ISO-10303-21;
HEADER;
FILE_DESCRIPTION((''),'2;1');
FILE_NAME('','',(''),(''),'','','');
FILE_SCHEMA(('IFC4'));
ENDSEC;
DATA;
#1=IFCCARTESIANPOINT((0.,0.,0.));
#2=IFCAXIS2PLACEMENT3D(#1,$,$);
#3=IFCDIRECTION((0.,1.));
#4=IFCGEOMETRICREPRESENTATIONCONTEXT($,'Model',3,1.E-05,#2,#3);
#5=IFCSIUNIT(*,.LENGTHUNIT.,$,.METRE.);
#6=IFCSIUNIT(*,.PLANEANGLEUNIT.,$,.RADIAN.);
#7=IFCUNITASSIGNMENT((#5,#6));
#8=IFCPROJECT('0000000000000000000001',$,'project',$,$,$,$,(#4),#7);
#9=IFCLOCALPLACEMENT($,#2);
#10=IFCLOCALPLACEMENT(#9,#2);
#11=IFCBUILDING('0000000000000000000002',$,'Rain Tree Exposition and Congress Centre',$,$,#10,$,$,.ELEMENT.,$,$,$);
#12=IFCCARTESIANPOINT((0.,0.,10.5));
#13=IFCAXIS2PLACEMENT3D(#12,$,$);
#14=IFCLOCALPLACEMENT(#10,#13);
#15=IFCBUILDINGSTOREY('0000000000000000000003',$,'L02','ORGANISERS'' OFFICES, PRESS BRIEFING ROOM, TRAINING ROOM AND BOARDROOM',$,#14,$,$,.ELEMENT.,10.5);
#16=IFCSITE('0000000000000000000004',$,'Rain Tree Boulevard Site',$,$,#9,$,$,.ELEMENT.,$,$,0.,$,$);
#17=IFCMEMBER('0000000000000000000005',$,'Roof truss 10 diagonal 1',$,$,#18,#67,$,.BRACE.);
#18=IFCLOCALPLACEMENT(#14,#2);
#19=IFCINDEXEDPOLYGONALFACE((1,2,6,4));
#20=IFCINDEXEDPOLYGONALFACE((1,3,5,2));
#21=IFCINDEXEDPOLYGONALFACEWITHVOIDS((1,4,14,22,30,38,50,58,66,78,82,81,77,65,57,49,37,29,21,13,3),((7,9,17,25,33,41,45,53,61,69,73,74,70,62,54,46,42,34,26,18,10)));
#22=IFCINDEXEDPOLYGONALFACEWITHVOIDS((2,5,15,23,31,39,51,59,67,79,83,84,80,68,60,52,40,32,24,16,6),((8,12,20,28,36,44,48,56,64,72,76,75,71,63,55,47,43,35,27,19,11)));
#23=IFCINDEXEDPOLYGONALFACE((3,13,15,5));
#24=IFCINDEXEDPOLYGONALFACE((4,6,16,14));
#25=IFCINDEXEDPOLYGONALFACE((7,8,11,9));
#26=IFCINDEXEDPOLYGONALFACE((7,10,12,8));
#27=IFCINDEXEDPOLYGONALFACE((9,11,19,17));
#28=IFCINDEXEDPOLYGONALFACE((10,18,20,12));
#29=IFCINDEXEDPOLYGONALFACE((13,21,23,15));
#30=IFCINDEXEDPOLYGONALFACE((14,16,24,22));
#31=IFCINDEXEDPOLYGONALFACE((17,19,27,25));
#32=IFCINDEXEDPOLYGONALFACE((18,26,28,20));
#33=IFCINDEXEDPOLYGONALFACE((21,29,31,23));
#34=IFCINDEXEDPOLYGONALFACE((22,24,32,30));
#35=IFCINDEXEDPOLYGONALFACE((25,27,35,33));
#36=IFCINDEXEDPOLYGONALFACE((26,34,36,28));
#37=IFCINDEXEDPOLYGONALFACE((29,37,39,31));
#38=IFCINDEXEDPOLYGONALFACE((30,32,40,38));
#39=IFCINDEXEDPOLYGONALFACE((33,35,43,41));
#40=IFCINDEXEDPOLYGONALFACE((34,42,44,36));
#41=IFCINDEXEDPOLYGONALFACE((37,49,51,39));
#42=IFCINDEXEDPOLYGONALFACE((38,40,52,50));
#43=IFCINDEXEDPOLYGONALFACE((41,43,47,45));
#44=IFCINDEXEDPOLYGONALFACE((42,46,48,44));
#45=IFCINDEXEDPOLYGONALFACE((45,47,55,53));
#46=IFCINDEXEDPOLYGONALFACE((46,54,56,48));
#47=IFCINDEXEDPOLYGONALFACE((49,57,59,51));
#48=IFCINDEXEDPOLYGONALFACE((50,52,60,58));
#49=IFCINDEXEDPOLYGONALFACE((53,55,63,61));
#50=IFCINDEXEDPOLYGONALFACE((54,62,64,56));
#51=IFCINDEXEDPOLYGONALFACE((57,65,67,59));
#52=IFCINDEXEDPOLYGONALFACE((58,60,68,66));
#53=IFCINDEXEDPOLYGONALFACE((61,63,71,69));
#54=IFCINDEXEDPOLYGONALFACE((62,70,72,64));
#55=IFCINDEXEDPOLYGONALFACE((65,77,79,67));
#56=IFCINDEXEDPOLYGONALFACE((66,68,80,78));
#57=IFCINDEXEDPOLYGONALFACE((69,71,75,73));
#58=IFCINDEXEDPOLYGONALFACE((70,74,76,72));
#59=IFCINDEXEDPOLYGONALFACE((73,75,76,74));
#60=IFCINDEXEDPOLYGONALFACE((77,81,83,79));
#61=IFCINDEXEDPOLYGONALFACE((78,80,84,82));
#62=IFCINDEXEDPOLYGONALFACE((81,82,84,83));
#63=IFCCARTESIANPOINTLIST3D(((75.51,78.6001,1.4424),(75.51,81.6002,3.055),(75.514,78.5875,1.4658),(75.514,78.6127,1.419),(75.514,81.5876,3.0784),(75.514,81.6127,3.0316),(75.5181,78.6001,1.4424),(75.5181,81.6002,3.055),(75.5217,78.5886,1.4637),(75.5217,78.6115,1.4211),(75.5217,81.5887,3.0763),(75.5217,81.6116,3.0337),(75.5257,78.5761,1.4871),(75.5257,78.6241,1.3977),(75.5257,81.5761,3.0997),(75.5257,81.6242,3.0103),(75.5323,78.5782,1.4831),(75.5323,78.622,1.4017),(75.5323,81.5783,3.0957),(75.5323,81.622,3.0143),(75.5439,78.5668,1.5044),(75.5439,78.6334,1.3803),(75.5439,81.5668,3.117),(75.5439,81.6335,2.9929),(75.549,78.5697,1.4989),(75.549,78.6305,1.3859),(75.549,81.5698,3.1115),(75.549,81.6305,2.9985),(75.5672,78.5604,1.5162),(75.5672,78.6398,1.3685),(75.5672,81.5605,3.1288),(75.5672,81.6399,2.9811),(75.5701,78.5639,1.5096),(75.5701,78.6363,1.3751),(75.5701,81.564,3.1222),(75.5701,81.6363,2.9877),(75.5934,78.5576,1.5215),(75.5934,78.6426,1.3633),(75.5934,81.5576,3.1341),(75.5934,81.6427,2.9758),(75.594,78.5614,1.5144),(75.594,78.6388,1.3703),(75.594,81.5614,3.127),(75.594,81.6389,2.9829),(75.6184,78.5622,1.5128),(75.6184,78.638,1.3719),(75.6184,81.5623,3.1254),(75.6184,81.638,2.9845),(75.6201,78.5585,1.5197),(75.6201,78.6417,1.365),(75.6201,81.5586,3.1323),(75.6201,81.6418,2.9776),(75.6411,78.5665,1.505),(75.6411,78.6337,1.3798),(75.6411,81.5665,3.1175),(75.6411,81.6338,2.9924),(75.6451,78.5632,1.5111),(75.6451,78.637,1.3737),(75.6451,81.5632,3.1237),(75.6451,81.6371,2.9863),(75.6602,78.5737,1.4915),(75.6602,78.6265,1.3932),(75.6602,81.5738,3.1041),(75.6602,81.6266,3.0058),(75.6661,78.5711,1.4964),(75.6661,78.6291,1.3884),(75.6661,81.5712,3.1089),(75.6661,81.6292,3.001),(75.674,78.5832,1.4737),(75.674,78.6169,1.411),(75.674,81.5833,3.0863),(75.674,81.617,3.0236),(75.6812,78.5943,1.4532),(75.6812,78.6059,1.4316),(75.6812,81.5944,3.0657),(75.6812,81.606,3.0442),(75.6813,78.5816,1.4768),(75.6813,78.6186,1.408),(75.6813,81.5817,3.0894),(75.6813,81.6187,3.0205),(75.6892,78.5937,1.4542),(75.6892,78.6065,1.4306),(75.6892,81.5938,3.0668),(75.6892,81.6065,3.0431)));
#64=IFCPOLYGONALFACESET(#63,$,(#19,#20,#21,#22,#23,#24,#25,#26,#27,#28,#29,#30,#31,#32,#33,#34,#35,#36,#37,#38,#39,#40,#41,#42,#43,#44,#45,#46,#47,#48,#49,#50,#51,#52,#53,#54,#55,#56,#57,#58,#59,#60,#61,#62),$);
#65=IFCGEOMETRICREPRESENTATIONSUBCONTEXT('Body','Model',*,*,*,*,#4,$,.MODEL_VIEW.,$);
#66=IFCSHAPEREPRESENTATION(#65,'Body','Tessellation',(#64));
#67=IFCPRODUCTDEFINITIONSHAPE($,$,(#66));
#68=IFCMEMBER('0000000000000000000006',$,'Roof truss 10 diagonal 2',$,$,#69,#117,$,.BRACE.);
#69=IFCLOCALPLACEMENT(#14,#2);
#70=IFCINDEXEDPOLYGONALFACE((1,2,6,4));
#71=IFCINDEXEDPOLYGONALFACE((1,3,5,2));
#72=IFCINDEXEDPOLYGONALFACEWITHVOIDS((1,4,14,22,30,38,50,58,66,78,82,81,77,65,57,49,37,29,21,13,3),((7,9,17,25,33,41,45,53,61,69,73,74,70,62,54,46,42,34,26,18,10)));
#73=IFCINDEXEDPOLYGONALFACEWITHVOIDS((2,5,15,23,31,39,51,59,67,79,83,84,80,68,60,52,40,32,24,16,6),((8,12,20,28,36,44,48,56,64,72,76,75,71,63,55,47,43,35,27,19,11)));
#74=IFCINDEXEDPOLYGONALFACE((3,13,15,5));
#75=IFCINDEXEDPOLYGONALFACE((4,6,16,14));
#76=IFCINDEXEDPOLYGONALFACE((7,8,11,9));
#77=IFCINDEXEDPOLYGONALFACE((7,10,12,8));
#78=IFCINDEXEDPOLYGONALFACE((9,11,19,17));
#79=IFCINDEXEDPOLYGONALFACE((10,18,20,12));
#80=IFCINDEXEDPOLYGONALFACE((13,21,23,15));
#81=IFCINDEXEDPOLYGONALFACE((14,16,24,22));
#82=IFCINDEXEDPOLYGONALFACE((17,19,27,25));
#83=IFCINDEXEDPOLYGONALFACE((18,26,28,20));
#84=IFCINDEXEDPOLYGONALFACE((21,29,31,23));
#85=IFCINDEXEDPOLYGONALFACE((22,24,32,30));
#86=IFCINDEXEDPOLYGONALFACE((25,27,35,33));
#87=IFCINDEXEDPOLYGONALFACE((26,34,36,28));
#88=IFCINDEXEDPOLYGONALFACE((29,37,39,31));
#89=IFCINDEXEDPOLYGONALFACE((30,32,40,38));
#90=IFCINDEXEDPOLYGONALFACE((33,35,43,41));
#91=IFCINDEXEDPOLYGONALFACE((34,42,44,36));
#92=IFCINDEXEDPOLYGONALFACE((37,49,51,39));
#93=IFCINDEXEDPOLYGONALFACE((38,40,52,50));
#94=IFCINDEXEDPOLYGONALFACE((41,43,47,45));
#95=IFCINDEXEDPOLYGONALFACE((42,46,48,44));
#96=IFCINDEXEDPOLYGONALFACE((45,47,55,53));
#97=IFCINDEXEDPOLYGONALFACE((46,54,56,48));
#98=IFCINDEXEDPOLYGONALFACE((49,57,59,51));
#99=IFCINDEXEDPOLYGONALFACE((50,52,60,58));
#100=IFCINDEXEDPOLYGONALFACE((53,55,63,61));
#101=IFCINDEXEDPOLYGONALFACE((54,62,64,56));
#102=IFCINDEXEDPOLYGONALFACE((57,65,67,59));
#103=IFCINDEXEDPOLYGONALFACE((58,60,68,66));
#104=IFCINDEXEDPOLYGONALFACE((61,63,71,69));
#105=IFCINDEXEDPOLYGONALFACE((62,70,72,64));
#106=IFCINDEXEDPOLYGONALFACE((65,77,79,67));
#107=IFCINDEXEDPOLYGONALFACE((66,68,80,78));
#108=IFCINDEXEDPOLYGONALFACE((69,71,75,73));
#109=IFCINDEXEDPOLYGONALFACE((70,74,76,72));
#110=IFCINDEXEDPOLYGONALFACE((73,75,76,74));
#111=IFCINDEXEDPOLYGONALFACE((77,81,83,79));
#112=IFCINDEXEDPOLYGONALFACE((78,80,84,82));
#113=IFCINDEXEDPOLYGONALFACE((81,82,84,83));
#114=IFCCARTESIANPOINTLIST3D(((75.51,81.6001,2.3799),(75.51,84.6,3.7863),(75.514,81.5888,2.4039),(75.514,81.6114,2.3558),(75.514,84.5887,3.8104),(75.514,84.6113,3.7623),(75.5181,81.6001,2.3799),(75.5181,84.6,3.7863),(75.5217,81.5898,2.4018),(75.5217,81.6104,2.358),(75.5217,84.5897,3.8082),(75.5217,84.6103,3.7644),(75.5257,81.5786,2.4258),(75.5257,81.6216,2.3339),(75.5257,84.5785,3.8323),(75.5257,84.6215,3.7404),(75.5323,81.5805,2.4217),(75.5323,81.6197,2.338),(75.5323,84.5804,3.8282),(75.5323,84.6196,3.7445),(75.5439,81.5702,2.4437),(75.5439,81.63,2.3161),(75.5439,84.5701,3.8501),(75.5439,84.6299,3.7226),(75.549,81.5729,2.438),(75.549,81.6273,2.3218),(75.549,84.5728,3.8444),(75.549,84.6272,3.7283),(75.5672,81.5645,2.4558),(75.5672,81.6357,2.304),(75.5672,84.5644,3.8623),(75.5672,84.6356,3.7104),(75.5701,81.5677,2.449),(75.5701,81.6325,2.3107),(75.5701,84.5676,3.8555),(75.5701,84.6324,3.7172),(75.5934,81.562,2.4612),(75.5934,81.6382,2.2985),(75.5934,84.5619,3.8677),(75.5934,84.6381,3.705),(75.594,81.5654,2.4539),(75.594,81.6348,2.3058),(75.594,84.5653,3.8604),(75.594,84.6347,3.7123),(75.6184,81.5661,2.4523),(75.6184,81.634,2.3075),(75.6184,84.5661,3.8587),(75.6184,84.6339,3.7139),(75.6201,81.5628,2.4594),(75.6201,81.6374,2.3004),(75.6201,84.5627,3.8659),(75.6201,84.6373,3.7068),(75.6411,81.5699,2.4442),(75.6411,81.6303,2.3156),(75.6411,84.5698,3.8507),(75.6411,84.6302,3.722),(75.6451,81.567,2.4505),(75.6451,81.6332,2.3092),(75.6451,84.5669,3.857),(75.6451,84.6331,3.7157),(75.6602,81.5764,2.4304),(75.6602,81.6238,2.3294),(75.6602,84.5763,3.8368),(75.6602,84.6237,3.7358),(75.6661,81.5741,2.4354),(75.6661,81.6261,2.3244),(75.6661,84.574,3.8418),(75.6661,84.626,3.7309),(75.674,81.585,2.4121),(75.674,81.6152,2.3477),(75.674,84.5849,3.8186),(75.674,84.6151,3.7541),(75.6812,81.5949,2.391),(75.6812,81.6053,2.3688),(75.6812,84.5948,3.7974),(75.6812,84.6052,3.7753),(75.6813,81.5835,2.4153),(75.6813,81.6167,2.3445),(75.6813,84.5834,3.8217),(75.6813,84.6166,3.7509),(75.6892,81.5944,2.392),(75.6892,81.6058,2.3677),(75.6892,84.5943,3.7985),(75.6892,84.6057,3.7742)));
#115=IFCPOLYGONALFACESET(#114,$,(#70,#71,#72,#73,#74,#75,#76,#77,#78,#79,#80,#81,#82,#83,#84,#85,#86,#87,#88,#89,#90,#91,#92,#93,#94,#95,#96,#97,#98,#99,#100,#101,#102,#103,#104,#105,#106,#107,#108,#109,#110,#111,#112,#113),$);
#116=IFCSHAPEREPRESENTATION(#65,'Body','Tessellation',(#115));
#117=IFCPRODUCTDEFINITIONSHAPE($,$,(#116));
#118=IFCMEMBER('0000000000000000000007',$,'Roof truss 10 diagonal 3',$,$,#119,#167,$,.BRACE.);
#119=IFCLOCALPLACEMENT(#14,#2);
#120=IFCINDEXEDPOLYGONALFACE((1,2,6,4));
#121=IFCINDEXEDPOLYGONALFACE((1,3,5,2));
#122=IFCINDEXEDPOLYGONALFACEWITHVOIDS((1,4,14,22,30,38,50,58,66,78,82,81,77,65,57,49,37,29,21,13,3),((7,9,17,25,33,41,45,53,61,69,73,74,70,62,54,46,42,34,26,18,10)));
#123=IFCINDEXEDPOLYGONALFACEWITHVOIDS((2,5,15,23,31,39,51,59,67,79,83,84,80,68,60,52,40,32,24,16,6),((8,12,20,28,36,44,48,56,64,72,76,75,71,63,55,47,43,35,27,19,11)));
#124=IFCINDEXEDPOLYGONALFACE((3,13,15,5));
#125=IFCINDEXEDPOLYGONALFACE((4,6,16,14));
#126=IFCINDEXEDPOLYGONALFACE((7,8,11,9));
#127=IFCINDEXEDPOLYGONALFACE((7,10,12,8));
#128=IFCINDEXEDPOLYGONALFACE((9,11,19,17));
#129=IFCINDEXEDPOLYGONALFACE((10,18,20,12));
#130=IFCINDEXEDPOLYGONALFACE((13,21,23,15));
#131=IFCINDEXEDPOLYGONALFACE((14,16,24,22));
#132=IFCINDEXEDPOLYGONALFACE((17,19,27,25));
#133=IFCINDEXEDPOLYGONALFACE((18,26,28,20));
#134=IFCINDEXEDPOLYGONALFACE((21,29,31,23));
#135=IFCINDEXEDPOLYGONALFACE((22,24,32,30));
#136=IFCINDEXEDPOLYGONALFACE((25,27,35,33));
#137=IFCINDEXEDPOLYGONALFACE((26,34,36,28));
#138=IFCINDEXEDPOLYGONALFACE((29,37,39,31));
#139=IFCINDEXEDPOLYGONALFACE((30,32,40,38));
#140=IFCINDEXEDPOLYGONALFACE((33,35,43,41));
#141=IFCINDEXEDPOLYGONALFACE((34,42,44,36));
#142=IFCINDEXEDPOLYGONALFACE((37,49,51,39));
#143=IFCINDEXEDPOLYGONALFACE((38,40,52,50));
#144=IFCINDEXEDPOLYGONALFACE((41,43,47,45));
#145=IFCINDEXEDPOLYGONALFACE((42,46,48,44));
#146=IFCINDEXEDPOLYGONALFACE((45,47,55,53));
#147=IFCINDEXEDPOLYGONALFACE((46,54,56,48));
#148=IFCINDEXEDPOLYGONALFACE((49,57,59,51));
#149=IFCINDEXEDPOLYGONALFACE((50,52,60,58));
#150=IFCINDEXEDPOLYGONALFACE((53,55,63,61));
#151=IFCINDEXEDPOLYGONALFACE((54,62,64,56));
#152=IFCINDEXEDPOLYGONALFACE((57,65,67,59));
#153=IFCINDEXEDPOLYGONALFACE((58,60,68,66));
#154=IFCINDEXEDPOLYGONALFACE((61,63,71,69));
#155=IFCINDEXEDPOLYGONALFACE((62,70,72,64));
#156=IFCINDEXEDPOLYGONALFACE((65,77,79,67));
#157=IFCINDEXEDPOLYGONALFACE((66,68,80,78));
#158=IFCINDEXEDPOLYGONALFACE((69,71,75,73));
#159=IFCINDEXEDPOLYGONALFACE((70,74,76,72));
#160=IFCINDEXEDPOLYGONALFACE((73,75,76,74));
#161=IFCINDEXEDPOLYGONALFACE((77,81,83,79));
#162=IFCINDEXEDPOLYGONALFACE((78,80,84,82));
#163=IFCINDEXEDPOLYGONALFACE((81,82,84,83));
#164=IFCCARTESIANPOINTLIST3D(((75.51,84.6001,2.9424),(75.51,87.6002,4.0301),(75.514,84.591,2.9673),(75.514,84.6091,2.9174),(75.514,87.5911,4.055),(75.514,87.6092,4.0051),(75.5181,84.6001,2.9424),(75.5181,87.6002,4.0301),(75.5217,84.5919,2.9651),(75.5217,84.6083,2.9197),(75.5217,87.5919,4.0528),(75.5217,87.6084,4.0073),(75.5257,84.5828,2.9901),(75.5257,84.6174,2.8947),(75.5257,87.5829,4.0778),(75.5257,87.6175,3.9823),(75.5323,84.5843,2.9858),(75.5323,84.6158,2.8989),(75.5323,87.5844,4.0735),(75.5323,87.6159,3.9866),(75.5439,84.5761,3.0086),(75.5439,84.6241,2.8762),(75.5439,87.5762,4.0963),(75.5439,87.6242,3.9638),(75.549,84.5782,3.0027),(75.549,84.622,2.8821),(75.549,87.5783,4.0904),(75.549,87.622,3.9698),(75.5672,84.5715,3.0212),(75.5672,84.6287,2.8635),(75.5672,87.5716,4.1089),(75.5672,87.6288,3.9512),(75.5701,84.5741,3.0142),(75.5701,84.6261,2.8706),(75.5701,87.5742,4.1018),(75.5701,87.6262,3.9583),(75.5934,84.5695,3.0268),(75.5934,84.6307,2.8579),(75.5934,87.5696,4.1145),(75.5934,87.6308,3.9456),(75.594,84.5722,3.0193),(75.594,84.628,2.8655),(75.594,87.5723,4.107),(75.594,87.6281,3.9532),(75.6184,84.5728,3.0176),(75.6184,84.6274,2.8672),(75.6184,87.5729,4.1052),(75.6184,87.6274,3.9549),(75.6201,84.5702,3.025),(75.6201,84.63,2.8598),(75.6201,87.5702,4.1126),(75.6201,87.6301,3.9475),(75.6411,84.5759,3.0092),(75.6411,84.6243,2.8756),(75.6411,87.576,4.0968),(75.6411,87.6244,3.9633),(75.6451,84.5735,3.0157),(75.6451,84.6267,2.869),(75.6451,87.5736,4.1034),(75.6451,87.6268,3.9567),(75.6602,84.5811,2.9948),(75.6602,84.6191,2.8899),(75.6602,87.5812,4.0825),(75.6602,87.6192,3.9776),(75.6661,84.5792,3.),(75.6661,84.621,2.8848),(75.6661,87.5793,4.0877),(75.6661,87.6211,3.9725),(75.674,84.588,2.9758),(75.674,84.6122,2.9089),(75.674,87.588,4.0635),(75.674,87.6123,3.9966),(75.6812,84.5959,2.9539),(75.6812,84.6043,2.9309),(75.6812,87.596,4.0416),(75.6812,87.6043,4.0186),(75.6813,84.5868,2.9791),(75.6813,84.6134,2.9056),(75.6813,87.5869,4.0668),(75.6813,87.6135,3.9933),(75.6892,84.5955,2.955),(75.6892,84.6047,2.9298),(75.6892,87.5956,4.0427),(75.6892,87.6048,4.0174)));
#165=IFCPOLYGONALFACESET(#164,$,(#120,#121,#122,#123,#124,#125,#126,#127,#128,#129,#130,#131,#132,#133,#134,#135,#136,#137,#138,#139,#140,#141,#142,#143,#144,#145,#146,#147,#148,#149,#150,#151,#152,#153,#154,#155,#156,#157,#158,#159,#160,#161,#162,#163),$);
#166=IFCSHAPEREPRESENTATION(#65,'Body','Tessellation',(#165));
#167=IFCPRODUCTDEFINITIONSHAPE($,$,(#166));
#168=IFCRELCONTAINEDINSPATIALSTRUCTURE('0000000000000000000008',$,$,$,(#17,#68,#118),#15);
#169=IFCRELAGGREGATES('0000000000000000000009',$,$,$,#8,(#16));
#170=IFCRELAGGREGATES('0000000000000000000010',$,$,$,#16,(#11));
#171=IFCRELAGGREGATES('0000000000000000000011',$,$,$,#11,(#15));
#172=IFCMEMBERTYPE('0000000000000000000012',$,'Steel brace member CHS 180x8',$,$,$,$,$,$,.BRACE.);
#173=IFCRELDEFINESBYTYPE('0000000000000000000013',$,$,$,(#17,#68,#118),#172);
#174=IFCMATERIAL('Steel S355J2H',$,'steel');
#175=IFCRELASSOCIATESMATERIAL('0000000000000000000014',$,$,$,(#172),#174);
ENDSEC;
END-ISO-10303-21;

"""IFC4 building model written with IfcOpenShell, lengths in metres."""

from ifc_helpers import new_model, si_unit, direction, frame, origin, origin_2d, place, context, subcontext, project, spatial, hollow_circle, extrude, material, material_profile, profile_set, type_object, element, save


model = new_model("IFC4")

# Units and contexts
model_context = context("Model", 3, precision=1e-05, world=origin(), true_north=direction((0.0, 1.0)))
body_context = subcontext(model_context, "Body", "Model", "MODEL_VIEW")
ifc_project = project(units=[si_unit("LENGTHUNIT", "METRE"), si_unit("PLANEANGLEUNIT", "RADIAN")], contexts=[model_context])

# Site, building, storey
site_placement = place(None, origin())
site = spatial("IfcSite", under=ifc_project, at=site_placement, Name="Rain Tree Boulevard Site", CompositionType="ELEMENT", RefElevation=0.0)
building_placement = place(site_placement, origin())
building = spatial("IfcBuilding", under=site, at=building_placement, Name="Rain Tree Exposition and Congress Centre", CompositionType="ELEMENT")
storey_placement = place(building_placement, frame((0.0, 0.0, 10.5)))
storey = spatial("IfcBuildingStorey", under=building, at=storey_placement, Name="L02", Description="ORGANISERS' OFFICES, PRESS BRIEFING ROOM, TRAINING ROOM AND BOARDROOM", CompositionType="ELEMENT", Elevation=10.5)

# Members
ifc_material_1 = material(Name="Steel S355J2H", Category="steel")
ifc_material_profile_1 = material_profile(ifc_material_1, hollow_circle(Radius=0.0901, WallThickness=0.0081, at=origin_2d()), Name="CHS 180x8")
ifc_profile_set_1 = profile_set([ifc_material_profile_1], Name="Steel S355J2H")
member_type_1 = type_object("IfcMemberType", Name="Steel brace member CHS 180x8", PredefinedType="BRACE", material=ifc_profile_set_1)
member_1_placement = place(storey_placement, frame((75.6001, 78.6001, 1.4424), z_axis=(0.0, 0.880818, 0.473454), x_axis=(-1.0, 0.0, 0.0)))
element("IfcMember", 1, at=member_1_placement, inside=storey, type_object=member_type_1, Name="Roof truss 10 diagonal 1", PredefinedType="BRACE", context=body_context, shape_type="SweptSolid", body=[
    extrude(hollow_circle(Radius=0.0901, WallThickness=0.0081, at=origin_2d()), origin(), (0.0, 0.0, 1.0), 3.406),
])
member_2_placement = place(storey_placement, frame((75.6001, 81.6001, 2.3799), z_axis=(0.0, 0.905431, 0.424494), x_axis=(-1.0, 0.0, 0.0)))
element("IfcMember", 2, at=member_2_placement, inside=storey, type_object=member_type_1, Name="Roof truss 10 diagonal 2", PredefinedType="BRACE", context=body_context, shape_type="SweptSolid", body=[
    extrude(hollow_circle(Radius=0.0901, WallThickness=0.0081, at=origin_2d()), origin(), (0.0, 0.0, 1.0), 3.3132),
])
member_3_placement = place(storey_placement, frame((75.6001, 84.6001, 2.9424), z_axis=(0.0, 0.940121, 0.34084), x_axis=(-1.0, 0.0, 0.0)))
element("IfcMember", 3, at=member_3_placement, inside=storey, type_object=member_type_1, Name="Roof truss 10 diagonal 3", PredefinedType="BRACE", context=body_context, shape_type="SweptSolid", body=[
    extrude(hollow_circle(Radius=0.0901, WallThickness=0.0081, at=origin_2d()), origin(), (0.0, 0.0, 1.0), 3.1912),
])

save(model, "model.ifc")
